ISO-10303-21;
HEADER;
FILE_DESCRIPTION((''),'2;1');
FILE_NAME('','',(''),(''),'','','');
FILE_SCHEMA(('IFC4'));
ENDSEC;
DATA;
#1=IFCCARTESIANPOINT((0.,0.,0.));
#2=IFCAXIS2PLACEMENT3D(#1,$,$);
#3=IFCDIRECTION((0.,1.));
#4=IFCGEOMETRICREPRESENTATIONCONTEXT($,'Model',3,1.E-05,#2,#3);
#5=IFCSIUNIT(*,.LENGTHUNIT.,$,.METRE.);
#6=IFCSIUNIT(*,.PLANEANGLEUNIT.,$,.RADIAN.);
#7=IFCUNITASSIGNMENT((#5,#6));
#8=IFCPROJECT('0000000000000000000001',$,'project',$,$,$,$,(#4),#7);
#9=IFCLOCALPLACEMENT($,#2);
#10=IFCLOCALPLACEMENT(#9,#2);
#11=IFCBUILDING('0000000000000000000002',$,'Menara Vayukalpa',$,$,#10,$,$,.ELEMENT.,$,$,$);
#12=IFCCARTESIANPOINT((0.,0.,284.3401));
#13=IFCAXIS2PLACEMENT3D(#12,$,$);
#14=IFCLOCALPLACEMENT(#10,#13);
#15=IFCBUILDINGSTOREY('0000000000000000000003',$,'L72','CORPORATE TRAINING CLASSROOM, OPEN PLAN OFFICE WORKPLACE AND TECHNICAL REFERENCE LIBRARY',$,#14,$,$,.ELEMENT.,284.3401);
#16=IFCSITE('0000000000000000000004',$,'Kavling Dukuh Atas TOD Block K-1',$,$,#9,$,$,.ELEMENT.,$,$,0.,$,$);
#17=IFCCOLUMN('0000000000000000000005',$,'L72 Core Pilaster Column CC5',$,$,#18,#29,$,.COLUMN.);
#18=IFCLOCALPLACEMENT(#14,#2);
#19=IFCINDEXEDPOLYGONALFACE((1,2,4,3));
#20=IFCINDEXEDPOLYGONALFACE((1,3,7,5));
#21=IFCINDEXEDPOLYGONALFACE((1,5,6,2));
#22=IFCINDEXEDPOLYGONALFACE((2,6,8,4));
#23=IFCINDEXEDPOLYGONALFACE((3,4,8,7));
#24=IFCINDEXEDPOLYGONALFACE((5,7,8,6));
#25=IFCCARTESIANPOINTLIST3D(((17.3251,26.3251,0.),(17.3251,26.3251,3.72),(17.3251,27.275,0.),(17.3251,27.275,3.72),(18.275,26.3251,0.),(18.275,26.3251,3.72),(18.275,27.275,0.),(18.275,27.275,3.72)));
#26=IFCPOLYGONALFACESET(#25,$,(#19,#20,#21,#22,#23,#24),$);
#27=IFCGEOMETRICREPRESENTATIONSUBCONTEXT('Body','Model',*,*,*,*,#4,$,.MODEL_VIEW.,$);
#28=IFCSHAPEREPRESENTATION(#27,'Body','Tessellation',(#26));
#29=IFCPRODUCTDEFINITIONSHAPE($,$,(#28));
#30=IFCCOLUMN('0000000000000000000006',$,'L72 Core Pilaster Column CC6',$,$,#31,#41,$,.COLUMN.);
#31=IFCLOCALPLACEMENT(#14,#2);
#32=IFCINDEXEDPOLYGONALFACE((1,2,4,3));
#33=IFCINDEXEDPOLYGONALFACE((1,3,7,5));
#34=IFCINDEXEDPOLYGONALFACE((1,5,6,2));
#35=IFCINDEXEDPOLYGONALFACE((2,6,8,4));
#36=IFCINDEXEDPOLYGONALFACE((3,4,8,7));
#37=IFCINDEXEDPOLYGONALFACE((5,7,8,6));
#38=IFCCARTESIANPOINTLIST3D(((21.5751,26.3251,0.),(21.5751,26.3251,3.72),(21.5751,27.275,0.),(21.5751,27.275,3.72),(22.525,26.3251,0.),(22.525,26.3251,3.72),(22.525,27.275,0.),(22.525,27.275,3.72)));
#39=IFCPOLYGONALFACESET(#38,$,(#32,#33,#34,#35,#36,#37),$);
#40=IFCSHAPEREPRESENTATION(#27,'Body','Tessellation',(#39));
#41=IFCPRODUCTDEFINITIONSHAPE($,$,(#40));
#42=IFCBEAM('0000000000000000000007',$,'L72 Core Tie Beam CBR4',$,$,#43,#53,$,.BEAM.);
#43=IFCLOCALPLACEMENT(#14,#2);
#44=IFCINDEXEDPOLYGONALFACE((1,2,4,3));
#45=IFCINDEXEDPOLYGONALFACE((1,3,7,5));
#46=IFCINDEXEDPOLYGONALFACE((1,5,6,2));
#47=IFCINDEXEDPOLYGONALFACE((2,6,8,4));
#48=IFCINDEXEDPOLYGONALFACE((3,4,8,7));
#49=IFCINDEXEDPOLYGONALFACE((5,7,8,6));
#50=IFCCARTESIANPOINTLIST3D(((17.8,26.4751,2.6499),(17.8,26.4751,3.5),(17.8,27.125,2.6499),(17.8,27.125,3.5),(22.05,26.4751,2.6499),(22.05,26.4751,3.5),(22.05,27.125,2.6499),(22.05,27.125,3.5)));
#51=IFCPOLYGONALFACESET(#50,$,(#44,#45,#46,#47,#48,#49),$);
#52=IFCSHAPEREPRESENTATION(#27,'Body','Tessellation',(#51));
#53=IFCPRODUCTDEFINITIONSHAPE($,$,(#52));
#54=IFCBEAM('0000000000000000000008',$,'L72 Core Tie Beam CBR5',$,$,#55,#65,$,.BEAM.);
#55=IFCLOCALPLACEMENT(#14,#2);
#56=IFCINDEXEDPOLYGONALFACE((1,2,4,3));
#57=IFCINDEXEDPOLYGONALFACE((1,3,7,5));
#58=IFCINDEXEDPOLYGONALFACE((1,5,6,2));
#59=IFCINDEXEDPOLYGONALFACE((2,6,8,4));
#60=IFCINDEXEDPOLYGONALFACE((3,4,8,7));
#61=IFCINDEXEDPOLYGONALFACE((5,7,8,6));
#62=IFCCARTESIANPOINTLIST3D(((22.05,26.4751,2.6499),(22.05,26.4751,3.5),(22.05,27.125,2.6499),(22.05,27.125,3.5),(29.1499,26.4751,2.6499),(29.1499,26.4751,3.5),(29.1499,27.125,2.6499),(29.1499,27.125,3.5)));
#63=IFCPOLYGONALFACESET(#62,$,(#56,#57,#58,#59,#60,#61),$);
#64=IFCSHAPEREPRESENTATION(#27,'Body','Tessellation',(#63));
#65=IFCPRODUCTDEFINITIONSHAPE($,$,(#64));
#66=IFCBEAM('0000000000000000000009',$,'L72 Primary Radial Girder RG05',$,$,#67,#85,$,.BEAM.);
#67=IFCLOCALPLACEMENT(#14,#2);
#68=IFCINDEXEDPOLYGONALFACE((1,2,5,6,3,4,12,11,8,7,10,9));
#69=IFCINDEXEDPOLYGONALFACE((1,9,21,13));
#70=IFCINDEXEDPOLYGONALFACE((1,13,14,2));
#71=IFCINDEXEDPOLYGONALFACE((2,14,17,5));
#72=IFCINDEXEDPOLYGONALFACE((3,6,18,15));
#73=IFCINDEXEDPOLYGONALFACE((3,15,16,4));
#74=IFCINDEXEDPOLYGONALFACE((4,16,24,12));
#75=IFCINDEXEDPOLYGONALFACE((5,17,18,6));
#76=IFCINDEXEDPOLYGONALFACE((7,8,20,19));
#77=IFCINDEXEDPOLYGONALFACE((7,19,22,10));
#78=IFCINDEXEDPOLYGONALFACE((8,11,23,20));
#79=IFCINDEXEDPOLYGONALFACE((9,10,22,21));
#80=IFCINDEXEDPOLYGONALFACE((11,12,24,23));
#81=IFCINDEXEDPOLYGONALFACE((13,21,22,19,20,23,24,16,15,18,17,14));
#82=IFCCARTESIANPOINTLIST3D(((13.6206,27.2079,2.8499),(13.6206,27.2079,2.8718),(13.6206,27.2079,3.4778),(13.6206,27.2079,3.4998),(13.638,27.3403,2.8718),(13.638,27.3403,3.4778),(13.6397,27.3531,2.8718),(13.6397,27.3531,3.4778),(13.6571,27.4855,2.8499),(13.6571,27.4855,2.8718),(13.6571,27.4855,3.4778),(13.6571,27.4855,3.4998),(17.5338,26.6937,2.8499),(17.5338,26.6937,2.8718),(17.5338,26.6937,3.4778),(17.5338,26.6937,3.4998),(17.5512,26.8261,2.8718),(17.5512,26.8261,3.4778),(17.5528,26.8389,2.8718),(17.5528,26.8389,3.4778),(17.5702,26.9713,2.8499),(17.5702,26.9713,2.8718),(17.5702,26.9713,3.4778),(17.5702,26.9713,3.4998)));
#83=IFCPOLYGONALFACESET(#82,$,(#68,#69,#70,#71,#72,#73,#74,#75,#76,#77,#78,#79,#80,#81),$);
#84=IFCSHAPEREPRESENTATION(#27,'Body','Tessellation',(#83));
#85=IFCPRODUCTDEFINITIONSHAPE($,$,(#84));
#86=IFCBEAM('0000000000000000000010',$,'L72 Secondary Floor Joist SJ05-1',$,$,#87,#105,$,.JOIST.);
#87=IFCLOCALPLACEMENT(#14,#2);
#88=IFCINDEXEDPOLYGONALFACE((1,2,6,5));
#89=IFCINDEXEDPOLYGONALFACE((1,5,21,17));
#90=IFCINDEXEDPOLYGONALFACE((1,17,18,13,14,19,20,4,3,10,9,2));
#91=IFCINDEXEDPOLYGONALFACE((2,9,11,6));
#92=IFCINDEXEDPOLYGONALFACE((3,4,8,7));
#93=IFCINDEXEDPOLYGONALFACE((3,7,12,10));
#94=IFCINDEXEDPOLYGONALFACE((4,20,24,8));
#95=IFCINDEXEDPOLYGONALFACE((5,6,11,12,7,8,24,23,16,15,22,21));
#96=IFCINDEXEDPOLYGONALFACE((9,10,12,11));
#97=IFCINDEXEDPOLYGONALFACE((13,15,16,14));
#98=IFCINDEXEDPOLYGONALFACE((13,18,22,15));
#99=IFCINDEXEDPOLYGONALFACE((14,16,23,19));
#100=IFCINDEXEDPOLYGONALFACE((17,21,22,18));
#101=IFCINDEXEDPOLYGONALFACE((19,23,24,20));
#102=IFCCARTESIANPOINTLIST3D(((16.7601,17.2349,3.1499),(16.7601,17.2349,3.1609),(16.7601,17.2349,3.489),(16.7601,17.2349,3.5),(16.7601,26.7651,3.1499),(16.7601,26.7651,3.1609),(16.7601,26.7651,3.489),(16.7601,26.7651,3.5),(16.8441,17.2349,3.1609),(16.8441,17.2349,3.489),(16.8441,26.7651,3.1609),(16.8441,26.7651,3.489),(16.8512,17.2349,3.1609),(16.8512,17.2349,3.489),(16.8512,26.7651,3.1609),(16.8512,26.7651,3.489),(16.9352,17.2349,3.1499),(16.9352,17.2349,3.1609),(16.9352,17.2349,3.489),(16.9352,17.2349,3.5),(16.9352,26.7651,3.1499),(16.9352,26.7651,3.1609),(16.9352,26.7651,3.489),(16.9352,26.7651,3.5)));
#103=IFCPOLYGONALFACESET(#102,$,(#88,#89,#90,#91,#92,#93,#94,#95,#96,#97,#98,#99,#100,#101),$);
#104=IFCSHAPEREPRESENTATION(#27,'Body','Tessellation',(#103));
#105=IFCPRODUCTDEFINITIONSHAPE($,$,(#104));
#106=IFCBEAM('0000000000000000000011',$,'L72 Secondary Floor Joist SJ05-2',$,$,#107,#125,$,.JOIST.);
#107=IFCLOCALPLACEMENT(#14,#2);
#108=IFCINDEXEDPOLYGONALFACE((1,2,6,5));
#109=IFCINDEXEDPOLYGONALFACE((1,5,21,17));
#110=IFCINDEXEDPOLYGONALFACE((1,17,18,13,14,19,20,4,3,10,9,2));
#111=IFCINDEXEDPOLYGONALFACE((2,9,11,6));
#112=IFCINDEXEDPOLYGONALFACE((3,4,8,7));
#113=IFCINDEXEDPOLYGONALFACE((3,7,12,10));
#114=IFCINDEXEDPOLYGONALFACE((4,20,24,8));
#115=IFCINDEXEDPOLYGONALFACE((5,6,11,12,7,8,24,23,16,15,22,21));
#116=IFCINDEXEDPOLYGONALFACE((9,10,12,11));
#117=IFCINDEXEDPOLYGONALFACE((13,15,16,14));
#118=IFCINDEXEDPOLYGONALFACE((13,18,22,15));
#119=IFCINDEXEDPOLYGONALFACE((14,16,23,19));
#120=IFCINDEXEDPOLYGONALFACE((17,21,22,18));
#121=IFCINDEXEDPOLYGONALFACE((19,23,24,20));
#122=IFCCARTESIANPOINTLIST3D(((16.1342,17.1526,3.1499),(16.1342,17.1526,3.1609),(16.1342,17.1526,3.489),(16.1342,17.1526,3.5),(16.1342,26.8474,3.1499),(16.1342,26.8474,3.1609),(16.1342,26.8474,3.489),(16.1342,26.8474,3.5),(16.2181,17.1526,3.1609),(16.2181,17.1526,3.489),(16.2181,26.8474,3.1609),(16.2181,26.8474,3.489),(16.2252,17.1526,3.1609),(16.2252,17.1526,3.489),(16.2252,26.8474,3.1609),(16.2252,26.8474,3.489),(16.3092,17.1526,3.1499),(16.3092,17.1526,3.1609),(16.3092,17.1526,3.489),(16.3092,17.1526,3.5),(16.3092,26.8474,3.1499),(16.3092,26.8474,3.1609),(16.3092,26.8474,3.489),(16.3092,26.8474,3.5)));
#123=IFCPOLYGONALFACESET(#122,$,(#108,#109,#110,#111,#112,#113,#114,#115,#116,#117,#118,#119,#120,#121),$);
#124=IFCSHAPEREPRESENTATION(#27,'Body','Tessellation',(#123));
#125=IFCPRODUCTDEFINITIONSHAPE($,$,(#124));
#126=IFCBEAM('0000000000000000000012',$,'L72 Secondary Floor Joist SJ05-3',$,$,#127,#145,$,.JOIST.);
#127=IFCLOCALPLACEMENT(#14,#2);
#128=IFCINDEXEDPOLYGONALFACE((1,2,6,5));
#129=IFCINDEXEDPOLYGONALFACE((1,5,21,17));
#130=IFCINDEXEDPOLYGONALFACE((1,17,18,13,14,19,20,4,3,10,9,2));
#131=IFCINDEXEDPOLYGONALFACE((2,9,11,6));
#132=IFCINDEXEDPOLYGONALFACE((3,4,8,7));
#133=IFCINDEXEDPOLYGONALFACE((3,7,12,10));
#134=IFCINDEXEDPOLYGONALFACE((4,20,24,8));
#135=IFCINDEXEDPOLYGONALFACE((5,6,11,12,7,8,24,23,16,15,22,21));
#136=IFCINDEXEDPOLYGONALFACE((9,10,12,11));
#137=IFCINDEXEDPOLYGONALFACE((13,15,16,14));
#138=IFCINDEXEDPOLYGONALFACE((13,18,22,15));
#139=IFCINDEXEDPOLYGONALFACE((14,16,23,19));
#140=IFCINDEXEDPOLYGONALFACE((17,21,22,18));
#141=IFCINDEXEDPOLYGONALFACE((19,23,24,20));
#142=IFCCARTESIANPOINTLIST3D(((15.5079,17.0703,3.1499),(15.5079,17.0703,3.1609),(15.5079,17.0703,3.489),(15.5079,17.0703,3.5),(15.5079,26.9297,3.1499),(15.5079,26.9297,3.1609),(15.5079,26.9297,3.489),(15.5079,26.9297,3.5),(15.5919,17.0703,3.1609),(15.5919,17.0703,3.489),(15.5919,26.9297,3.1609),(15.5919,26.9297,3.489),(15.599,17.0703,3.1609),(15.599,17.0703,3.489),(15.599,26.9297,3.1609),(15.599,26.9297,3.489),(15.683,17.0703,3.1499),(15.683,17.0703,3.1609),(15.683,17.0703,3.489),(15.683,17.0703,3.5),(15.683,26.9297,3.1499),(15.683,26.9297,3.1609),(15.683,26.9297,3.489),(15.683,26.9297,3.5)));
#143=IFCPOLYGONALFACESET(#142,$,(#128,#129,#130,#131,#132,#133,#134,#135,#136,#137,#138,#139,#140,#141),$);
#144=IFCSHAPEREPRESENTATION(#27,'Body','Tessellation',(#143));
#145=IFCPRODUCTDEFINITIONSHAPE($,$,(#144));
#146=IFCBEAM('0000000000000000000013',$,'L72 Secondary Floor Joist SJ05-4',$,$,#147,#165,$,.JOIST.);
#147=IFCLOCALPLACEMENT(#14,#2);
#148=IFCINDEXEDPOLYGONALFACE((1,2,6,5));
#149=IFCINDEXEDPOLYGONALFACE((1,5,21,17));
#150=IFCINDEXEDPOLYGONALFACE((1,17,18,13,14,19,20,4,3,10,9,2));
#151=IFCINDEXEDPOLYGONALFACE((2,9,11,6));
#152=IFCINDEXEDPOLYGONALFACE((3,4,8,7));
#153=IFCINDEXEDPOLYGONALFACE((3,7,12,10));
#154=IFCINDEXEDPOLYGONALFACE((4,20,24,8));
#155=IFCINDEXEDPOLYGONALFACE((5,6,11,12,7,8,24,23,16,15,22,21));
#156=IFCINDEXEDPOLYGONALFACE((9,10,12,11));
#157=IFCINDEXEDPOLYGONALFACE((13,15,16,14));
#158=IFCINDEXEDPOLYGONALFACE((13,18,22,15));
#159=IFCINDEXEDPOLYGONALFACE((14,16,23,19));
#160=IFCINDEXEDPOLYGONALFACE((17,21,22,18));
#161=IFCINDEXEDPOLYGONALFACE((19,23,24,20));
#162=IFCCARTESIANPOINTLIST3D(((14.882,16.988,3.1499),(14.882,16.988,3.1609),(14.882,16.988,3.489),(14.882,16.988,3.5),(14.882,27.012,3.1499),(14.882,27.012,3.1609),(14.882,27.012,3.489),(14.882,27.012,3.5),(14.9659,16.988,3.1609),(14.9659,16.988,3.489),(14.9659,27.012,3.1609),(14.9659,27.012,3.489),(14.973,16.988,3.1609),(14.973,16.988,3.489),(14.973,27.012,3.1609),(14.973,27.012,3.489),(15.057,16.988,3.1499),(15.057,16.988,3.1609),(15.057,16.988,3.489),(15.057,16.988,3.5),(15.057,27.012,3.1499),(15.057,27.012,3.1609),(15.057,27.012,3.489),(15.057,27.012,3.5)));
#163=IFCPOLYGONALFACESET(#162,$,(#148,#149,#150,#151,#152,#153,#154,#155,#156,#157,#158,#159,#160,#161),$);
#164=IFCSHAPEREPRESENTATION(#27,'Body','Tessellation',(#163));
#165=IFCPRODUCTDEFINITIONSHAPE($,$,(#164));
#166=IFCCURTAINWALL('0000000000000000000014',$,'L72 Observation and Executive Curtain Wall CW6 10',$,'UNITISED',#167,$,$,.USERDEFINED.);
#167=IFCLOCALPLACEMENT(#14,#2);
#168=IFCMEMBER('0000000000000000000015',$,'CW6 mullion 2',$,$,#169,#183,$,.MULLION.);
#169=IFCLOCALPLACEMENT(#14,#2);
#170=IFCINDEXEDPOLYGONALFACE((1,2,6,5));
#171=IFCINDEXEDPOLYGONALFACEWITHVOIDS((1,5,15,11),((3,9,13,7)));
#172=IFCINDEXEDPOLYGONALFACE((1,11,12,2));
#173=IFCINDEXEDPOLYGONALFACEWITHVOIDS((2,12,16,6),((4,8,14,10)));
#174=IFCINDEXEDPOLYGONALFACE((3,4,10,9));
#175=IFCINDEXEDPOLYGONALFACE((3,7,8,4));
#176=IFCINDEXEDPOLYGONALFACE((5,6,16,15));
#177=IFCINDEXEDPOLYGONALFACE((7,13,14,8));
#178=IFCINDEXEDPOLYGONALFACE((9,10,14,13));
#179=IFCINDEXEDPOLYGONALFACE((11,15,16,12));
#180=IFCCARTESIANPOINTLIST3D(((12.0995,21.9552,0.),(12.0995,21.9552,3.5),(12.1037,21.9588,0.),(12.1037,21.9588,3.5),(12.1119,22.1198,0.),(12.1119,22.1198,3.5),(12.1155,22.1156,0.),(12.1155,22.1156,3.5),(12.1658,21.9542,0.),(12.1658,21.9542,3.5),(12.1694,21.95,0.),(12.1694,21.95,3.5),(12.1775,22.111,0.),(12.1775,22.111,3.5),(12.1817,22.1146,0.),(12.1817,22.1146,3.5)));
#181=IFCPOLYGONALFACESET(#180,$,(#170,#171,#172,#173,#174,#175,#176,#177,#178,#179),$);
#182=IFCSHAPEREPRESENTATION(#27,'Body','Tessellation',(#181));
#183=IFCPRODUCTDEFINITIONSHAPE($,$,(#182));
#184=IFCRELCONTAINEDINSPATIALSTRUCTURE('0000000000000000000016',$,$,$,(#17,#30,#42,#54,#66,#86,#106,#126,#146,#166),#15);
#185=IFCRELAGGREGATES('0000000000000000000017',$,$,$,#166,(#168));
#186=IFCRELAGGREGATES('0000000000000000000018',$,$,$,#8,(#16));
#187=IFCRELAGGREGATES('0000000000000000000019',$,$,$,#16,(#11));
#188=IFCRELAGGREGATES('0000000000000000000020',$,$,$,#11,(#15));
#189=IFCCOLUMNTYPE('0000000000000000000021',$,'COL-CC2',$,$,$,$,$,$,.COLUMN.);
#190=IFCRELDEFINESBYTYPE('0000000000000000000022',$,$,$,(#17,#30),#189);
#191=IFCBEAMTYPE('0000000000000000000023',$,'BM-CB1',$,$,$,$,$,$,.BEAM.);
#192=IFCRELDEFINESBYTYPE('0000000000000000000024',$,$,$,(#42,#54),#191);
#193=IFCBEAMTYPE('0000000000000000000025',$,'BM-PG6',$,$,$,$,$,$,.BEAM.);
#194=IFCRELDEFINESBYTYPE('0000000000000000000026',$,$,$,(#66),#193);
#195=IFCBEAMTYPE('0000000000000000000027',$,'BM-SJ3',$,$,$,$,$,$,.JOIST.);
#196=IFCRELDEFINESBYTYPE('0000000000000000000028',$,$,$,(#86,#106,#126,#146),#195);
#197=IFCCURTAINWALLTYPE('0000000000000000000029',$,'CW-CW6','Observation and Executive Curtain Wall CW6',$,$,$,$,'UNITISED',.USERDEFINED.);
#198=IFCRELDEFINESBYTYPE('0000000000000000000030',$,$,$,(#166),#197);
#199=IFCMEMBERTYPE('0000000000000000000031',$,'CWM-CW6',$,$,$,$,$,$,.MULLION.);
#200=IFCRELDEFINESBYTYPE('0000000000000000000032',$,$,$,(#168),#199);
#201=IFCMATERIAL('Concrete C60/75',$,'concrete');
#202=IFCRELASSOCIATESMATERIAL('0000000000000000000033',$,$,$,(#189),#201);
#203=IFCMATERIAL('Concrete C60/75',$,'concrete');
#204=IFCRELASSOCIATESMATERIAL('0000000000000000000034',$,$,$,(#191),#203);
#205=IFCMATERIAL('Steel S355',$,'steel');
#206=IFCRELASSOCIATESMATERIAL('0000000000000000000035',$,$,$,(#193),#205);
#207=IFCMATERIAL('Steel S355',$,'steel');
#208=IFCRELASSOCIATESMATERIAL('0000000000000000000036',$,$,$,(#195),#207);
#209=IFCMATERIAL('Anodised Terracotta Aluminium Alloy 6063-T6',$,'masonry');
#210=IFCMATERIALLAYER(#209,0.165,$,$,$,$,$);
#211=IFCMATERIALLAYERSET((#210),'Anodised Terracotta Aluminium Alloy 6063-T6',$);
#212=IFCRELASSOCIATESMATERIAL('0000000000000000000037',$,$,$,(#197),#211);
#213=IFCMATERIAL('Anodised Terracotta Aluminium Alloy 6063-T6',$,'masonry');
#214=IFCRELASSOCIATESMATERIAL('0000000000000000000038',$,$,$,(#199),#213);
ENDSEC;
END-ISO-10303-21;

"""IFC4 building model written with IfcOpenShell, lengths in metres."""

from ifc_helpers import new_model, si_unit, direction, frame, origin, origin_2d, place, context, subcontext, project, spatial, rectangle, hollow_rectangle, i_section, extrude, material, layer, layer_set, material_profile, profile_set, type_object, element, aggregate, save


model = new_model("IFC4")

# Units and contexts
model_context = context("Model", 3, precision=1e-05, world=origin(), true_north=direction((0.0, 1.0)))
body_context = subcontext(model_context, "Body", "Model", "MODEL_VIEW")
ifc_project = project(units=[si_unit("LENGTHUNIT", "METRE"), si_unit("PLANEANGLEUNIT", "RADIAN")], contexts=[model_context])

# Site, building, storey
site_placement = place(None, origin())
site = spatial("IfcSite", under=ifc_project, at=site_placement, Name="Kavling Dukuh Atas TOD Block K-1", CompositionType="ELEMENT", RefElevation=0.0)
building_placement = place(site_placement, origin())
building = spatial("IfcBuilding", under=site, at=building_placement, Name="Menara Vayukalpa", CompositionType="ELEMENT")
storey_placement = place(building_placement, frame((0.0, 0.0, 284.3401)))
storey = spatial("IfcBuildingStorey", under=building, at=storey_placement, Name="L72", Description="CORPORATE TRAINING CLASSROOM, OPEN PLAN OFFICE WORKPLACE AND TECHNICAL REFERENCE LIBRARY", CompositionType="ELEMENT", Elevation=284.3401)

# Columns
ifc_material_1 = material(Name="Concrete C60/75", Category="concrete")
ifc_material_profile_1 = material_profile(ifc_material_1, rectangle(XDim=0.95, YDim=0.95, at=origin_2d()), Name="RC 950x950")
ifc_profile_set_1 = profile_set([ifc_material_profile_1], Name="Concrete C60/75")
column_type = type_object("IfcColumnType", Name="COL-CC2", PredefinedType="COLUMN", material=ifc_profile_set_1)
for number, where, z_axis, x_axis, name in (
    (1, (17.8, 26.8, 0.0), (0.0, 0.0, 1.0), (1.0, 0.0, 0.0), "L72 Core Pilaster Column CC5"),
    (2, (22.05, 26.8, 0.0), (0.0, 0.0, 1.0), (1.0, 0.0, 0.0), "L72 Core Pilaster Column CC6"),
):
    element("IfcColumn", number, at=place(storey_placement, frame(where, z_axis=z_axis, x_axis=x_axis)), inside=storey, type_object=column_type, Name=name, PredefinedType="COLUMN", context=body_context, shape_type="SweptSolid", body=[
        extrude(rectangle(XDim=0.95, YDim=0.95, at=origin_2d()), origin(), (0.0, 0.0, 1.0), 3.72),
    ])

# Beams
ifc_material_2 = material(Name="Concrete C60/75", Category="concrete")
ifc_material_profile_2 = material_profile(ifc_material_2, rectangle(XDim=0.6499, YDim=0.8501, at=origin_2d()), Name="RC 650x850")
ifc_profile_set_2 = profile_set([ifc_material_profile_2], Name="Concrete C60/75")
beam_type_1 = type_object("IfcBeamType", Name="BM-CB1", PredefinedType="BEAM", material=ifc_profile_set_2)
beam_1_placement = place(storey_placement, frame((17.8, 26.8, 3.075), z_axis=(1.0, 0.0, 0.0), x_axis=(0.0, 1.0, 0.0)))
element("IfcBeam", 3, at=beam_1_placement, inside=storey, type_object=beam_type_1, Name="L72 Core Tie Beam CBR4", PredefinedType="BEAM", context=body_context, shape_type="SweptSolid", body=[
    extrude(rectangle(XDim=0.6499, YDim=0.8501, at=origin_2d()), origin(), (0.0, 0.0, 1.0), 4.25),
])
beam_2_placement = place(storey_placement, frame((22.05, 26.8, 3.075), z_axis=(1.0, 0.0, 0.0), x_axis=(0.0, 1.0, 0.0)))
element("IfcBeam", 4, at=beam_2_placement, inside=storey, type_object=beam_type_1, Name="L72 Core Tie Beam CBR5", PredefinedType="BEAM", context=body_context, shape_type="SweptSolid", body=[
    extrude(rectangle(XDim=0.6499, YDim=0.8501, at=origin_2d()), origin(), (0.0, 0.0, 1.0), 7.0999),
])
ifc_material_3 = material(Name="Steel S355", Category="steel")
ifc_material_profile_3 = material_profile(ifc_material_3, i_section(OverallWidth=0.28, OverallDepth=0.6499, WebThickness=0.0129, FlangeThickness=0.022, at=origin_2d()), Name="WF 650x280x13x22")
ifc_profile_set_3 = profile_set([ifc_material_profile_3], Name="Steel S355")
beam_type_2 = type_object("IfcBeamType", Name="BM-PG6", PredefinedType="BEAM", material=ifc_profile_set_3)
beam_3_placement = place(storey_placement, frame((17.552, 26.8325, 3.1748), z_axis=(-0.991478, 0.130275, 0.0), x_axis=(-0.130275, -0.991478, 0.0)))
element("IfcBeam", 5, at=beam_3_placement, inside=storey, type_object=beam_type_2, Name="L72 Primary Radial Girder RG05", PredefinedType="BEAM", context=body_context, shape_type="SweptSolid", body=[
    extrude(i_section(OverallWidth=0.28, OverallDepth=0.6499, WebThickness=0.0129, FlangeThickness=0.022, at=origin_2d()), origin(), (0.0, 0.0, 1.0), 3.9468),
])
ifc_material_4 = material(Name="Steel S355", Category="steel")
ifc_material_profile_4 = material_profile(ifc_material_4, i_section(OverallWidth=0.175, OverallDepth=0.3501, WebThickness=0.0071, FlangeThickness=0.011, at=origin_2d()), Name="WF 350x175x7x11")
ifc_profile_set_4 = profile_set([ifc_material_profile_4], Name="Steel S355")
beam_type_3 = type_object("IfcBeamType", Name="BM-SJ3", PredefinedType="JOIST", material=ifc_profile_set_4)
beam_4_placement = place(storey_placement, frame((16.8477, 26.7651, 3.325), z_axis=(0.0, -1.0, 0.0), x_axis=(1.0, 0.0, 0.0)))
element("IfcBeam", 6, at=beam_4_placement, inside=storey, type_object=beam_type_3, Name="L72 Secondary Floor Joist SJ05-1", PredefinedType="JOIST", context=body_context, shape_type="SweptSolid", body=[
    extrude(i_section(OverallWidth=0.175, OverallDepth=0.3501, WebThickness=0.0071, FlangeThickness=0.011, at=origin_2d()), origin(), (0.0, 0.0, 1.0), 9.5303),
])
beam_5_placement = place(storey_placement, frame((16.2217, 26.8474, 3.325), z_axis=(0.0, -1.0, 0.0), x_axis=(1.0, 0.0, 0.0)))
element("IfcBeam", 7, at=beam_5_placement, inside=storey, type_object=beam_type_3, Name="L72 Secondary Floor Joist SJ05-2", PredefinedType="JOIST", context=body_context, shape_type="SweptSolid", body=[
    extrude(i_section(OverallWidth=0.175, OverallDepth=0.3501, WebThickness=0.0071, FlangeThickness=0.011, at=origin_2d()), origin(), (0.0, 0.0, 1.0), 9.6948),
])
beam_6_placement = place(storey_placement, frame((15.5955, 26.9297, 3.325), z_axis=(0.0, -1.0, 0.0), x_axis=(1.0, 0.0, 0.0)))
element("IfcBeam", 8, at=beam_6_placement, inside=storey, type_object=beam_type_3, Name="L72 Secondary Floor Joist SJ05-3", PredefinedType="JOIST", context=body_context, shape_type="SweptSolid", body=[
    extrude(i_section(OverallWidth=0.175, OverallDepth=0.3501, WebThickness=0.0071, FlangeThickness=0.011, at=origin_2d()), origin(), (0.0, 0.0, 1.0), 9.8594),
])
beam_7_placement = place(storey_placement, frame((14.9695, 27.012, 3.325), z_axis=(0.0, -1.0, 0.0), x_axis=(1.0, 0.0, 0.0)))
element("IfcBeam", 9, at=beam_7_placement, inside=storey, type_object=beam_type_3, Name="L72 Secondary Floor Joist SJ05-4", PredefinedType="JOIST", context=body_context, shape_type="SweptSolid", body=[
    extrude(i_section(OverallWidth=0.175, OverallDepth=0.3501, WebThickness=0.0071, FlangeThickness=0.011, at=origin_2d()), origin(), (0.0, 0.0, 1.0), 10.0239),
])

# Curtain wall, member
ifc_material_5 = material(Name="Anodised Terracotta Aluminium Alloy 6063-T6", Category="masonry")
ifc_layer_1 = layer(ifc_material_5, 0.165)
ifc_layer_set_1 = layer_set([ifc_layer_1], Name="Anodised Terracotta Aluminium Alloy 6063-T6")
curtain_wall_type = type_object("IfcCurtainWallType", Name="CW-CW6", Description="Observation and Executive Curtain Wall CW6", ElementType="UNITISED", PredefinedType="USERDEFINED", material=ifc_layer_set_1)
curtain_wall_1_placement = place(storey_placement, origin())
curtain_wall_1 = element("IfcCurtainWall", 10, at=curtain_wall_1_placement, inside=storey, type_object=curtain_wall_type, Name="L72 Observation and Executive Curtain Wall CW6 10", ObjectType="UNITISED", PredefinedType="USERDEFINED")
ifc_material_6 = material(Name="Anodised Terracotta Aluminium Alloy 6063-T6", Category="masonry")
ifc_material_profile_5 = material_profile(ifc_material_6, hollow_rectangle(XDim=0.0701, YDim=0.165, WallThickness=0.0039, at=origin_2d()), Name="ALU 70x165x4")
ifc_profile_set_5 = profile_set([ifc_material_profile_5], Name="Anodised Terracotta Aluminium Alloy 6063-T6")
member_type_1 = type_object("IfcMemberType", Name="CWM-CW6", PredefinedType="MULLION", material=ifc_profile_set_5)
member_1_placement = place(storey_placement, frame((12.1406, 22.0349, 0.0), z_axis=(0.0, 0.0, 1.0), x_axis=(0.997199, -0.074789, 0.0)))
member_1 = element("IfcMember", 11, at=member_1_placement, type_object=member_type_1, Name="CW6 mullion 2", PredefinedType="MULLION", context=body_context, shape_type="SweptSolid", body=[
    extrude(hollow_rectangle(XDim=0.0701, YDim=0.165, WallThickness=0.0039, at=origin_2d()), origin(), (0.0, 0.0, 1.0), 3.5),
])

aggregate(curtain_wall_1, [member_1])

save(model, "model.ifc")
